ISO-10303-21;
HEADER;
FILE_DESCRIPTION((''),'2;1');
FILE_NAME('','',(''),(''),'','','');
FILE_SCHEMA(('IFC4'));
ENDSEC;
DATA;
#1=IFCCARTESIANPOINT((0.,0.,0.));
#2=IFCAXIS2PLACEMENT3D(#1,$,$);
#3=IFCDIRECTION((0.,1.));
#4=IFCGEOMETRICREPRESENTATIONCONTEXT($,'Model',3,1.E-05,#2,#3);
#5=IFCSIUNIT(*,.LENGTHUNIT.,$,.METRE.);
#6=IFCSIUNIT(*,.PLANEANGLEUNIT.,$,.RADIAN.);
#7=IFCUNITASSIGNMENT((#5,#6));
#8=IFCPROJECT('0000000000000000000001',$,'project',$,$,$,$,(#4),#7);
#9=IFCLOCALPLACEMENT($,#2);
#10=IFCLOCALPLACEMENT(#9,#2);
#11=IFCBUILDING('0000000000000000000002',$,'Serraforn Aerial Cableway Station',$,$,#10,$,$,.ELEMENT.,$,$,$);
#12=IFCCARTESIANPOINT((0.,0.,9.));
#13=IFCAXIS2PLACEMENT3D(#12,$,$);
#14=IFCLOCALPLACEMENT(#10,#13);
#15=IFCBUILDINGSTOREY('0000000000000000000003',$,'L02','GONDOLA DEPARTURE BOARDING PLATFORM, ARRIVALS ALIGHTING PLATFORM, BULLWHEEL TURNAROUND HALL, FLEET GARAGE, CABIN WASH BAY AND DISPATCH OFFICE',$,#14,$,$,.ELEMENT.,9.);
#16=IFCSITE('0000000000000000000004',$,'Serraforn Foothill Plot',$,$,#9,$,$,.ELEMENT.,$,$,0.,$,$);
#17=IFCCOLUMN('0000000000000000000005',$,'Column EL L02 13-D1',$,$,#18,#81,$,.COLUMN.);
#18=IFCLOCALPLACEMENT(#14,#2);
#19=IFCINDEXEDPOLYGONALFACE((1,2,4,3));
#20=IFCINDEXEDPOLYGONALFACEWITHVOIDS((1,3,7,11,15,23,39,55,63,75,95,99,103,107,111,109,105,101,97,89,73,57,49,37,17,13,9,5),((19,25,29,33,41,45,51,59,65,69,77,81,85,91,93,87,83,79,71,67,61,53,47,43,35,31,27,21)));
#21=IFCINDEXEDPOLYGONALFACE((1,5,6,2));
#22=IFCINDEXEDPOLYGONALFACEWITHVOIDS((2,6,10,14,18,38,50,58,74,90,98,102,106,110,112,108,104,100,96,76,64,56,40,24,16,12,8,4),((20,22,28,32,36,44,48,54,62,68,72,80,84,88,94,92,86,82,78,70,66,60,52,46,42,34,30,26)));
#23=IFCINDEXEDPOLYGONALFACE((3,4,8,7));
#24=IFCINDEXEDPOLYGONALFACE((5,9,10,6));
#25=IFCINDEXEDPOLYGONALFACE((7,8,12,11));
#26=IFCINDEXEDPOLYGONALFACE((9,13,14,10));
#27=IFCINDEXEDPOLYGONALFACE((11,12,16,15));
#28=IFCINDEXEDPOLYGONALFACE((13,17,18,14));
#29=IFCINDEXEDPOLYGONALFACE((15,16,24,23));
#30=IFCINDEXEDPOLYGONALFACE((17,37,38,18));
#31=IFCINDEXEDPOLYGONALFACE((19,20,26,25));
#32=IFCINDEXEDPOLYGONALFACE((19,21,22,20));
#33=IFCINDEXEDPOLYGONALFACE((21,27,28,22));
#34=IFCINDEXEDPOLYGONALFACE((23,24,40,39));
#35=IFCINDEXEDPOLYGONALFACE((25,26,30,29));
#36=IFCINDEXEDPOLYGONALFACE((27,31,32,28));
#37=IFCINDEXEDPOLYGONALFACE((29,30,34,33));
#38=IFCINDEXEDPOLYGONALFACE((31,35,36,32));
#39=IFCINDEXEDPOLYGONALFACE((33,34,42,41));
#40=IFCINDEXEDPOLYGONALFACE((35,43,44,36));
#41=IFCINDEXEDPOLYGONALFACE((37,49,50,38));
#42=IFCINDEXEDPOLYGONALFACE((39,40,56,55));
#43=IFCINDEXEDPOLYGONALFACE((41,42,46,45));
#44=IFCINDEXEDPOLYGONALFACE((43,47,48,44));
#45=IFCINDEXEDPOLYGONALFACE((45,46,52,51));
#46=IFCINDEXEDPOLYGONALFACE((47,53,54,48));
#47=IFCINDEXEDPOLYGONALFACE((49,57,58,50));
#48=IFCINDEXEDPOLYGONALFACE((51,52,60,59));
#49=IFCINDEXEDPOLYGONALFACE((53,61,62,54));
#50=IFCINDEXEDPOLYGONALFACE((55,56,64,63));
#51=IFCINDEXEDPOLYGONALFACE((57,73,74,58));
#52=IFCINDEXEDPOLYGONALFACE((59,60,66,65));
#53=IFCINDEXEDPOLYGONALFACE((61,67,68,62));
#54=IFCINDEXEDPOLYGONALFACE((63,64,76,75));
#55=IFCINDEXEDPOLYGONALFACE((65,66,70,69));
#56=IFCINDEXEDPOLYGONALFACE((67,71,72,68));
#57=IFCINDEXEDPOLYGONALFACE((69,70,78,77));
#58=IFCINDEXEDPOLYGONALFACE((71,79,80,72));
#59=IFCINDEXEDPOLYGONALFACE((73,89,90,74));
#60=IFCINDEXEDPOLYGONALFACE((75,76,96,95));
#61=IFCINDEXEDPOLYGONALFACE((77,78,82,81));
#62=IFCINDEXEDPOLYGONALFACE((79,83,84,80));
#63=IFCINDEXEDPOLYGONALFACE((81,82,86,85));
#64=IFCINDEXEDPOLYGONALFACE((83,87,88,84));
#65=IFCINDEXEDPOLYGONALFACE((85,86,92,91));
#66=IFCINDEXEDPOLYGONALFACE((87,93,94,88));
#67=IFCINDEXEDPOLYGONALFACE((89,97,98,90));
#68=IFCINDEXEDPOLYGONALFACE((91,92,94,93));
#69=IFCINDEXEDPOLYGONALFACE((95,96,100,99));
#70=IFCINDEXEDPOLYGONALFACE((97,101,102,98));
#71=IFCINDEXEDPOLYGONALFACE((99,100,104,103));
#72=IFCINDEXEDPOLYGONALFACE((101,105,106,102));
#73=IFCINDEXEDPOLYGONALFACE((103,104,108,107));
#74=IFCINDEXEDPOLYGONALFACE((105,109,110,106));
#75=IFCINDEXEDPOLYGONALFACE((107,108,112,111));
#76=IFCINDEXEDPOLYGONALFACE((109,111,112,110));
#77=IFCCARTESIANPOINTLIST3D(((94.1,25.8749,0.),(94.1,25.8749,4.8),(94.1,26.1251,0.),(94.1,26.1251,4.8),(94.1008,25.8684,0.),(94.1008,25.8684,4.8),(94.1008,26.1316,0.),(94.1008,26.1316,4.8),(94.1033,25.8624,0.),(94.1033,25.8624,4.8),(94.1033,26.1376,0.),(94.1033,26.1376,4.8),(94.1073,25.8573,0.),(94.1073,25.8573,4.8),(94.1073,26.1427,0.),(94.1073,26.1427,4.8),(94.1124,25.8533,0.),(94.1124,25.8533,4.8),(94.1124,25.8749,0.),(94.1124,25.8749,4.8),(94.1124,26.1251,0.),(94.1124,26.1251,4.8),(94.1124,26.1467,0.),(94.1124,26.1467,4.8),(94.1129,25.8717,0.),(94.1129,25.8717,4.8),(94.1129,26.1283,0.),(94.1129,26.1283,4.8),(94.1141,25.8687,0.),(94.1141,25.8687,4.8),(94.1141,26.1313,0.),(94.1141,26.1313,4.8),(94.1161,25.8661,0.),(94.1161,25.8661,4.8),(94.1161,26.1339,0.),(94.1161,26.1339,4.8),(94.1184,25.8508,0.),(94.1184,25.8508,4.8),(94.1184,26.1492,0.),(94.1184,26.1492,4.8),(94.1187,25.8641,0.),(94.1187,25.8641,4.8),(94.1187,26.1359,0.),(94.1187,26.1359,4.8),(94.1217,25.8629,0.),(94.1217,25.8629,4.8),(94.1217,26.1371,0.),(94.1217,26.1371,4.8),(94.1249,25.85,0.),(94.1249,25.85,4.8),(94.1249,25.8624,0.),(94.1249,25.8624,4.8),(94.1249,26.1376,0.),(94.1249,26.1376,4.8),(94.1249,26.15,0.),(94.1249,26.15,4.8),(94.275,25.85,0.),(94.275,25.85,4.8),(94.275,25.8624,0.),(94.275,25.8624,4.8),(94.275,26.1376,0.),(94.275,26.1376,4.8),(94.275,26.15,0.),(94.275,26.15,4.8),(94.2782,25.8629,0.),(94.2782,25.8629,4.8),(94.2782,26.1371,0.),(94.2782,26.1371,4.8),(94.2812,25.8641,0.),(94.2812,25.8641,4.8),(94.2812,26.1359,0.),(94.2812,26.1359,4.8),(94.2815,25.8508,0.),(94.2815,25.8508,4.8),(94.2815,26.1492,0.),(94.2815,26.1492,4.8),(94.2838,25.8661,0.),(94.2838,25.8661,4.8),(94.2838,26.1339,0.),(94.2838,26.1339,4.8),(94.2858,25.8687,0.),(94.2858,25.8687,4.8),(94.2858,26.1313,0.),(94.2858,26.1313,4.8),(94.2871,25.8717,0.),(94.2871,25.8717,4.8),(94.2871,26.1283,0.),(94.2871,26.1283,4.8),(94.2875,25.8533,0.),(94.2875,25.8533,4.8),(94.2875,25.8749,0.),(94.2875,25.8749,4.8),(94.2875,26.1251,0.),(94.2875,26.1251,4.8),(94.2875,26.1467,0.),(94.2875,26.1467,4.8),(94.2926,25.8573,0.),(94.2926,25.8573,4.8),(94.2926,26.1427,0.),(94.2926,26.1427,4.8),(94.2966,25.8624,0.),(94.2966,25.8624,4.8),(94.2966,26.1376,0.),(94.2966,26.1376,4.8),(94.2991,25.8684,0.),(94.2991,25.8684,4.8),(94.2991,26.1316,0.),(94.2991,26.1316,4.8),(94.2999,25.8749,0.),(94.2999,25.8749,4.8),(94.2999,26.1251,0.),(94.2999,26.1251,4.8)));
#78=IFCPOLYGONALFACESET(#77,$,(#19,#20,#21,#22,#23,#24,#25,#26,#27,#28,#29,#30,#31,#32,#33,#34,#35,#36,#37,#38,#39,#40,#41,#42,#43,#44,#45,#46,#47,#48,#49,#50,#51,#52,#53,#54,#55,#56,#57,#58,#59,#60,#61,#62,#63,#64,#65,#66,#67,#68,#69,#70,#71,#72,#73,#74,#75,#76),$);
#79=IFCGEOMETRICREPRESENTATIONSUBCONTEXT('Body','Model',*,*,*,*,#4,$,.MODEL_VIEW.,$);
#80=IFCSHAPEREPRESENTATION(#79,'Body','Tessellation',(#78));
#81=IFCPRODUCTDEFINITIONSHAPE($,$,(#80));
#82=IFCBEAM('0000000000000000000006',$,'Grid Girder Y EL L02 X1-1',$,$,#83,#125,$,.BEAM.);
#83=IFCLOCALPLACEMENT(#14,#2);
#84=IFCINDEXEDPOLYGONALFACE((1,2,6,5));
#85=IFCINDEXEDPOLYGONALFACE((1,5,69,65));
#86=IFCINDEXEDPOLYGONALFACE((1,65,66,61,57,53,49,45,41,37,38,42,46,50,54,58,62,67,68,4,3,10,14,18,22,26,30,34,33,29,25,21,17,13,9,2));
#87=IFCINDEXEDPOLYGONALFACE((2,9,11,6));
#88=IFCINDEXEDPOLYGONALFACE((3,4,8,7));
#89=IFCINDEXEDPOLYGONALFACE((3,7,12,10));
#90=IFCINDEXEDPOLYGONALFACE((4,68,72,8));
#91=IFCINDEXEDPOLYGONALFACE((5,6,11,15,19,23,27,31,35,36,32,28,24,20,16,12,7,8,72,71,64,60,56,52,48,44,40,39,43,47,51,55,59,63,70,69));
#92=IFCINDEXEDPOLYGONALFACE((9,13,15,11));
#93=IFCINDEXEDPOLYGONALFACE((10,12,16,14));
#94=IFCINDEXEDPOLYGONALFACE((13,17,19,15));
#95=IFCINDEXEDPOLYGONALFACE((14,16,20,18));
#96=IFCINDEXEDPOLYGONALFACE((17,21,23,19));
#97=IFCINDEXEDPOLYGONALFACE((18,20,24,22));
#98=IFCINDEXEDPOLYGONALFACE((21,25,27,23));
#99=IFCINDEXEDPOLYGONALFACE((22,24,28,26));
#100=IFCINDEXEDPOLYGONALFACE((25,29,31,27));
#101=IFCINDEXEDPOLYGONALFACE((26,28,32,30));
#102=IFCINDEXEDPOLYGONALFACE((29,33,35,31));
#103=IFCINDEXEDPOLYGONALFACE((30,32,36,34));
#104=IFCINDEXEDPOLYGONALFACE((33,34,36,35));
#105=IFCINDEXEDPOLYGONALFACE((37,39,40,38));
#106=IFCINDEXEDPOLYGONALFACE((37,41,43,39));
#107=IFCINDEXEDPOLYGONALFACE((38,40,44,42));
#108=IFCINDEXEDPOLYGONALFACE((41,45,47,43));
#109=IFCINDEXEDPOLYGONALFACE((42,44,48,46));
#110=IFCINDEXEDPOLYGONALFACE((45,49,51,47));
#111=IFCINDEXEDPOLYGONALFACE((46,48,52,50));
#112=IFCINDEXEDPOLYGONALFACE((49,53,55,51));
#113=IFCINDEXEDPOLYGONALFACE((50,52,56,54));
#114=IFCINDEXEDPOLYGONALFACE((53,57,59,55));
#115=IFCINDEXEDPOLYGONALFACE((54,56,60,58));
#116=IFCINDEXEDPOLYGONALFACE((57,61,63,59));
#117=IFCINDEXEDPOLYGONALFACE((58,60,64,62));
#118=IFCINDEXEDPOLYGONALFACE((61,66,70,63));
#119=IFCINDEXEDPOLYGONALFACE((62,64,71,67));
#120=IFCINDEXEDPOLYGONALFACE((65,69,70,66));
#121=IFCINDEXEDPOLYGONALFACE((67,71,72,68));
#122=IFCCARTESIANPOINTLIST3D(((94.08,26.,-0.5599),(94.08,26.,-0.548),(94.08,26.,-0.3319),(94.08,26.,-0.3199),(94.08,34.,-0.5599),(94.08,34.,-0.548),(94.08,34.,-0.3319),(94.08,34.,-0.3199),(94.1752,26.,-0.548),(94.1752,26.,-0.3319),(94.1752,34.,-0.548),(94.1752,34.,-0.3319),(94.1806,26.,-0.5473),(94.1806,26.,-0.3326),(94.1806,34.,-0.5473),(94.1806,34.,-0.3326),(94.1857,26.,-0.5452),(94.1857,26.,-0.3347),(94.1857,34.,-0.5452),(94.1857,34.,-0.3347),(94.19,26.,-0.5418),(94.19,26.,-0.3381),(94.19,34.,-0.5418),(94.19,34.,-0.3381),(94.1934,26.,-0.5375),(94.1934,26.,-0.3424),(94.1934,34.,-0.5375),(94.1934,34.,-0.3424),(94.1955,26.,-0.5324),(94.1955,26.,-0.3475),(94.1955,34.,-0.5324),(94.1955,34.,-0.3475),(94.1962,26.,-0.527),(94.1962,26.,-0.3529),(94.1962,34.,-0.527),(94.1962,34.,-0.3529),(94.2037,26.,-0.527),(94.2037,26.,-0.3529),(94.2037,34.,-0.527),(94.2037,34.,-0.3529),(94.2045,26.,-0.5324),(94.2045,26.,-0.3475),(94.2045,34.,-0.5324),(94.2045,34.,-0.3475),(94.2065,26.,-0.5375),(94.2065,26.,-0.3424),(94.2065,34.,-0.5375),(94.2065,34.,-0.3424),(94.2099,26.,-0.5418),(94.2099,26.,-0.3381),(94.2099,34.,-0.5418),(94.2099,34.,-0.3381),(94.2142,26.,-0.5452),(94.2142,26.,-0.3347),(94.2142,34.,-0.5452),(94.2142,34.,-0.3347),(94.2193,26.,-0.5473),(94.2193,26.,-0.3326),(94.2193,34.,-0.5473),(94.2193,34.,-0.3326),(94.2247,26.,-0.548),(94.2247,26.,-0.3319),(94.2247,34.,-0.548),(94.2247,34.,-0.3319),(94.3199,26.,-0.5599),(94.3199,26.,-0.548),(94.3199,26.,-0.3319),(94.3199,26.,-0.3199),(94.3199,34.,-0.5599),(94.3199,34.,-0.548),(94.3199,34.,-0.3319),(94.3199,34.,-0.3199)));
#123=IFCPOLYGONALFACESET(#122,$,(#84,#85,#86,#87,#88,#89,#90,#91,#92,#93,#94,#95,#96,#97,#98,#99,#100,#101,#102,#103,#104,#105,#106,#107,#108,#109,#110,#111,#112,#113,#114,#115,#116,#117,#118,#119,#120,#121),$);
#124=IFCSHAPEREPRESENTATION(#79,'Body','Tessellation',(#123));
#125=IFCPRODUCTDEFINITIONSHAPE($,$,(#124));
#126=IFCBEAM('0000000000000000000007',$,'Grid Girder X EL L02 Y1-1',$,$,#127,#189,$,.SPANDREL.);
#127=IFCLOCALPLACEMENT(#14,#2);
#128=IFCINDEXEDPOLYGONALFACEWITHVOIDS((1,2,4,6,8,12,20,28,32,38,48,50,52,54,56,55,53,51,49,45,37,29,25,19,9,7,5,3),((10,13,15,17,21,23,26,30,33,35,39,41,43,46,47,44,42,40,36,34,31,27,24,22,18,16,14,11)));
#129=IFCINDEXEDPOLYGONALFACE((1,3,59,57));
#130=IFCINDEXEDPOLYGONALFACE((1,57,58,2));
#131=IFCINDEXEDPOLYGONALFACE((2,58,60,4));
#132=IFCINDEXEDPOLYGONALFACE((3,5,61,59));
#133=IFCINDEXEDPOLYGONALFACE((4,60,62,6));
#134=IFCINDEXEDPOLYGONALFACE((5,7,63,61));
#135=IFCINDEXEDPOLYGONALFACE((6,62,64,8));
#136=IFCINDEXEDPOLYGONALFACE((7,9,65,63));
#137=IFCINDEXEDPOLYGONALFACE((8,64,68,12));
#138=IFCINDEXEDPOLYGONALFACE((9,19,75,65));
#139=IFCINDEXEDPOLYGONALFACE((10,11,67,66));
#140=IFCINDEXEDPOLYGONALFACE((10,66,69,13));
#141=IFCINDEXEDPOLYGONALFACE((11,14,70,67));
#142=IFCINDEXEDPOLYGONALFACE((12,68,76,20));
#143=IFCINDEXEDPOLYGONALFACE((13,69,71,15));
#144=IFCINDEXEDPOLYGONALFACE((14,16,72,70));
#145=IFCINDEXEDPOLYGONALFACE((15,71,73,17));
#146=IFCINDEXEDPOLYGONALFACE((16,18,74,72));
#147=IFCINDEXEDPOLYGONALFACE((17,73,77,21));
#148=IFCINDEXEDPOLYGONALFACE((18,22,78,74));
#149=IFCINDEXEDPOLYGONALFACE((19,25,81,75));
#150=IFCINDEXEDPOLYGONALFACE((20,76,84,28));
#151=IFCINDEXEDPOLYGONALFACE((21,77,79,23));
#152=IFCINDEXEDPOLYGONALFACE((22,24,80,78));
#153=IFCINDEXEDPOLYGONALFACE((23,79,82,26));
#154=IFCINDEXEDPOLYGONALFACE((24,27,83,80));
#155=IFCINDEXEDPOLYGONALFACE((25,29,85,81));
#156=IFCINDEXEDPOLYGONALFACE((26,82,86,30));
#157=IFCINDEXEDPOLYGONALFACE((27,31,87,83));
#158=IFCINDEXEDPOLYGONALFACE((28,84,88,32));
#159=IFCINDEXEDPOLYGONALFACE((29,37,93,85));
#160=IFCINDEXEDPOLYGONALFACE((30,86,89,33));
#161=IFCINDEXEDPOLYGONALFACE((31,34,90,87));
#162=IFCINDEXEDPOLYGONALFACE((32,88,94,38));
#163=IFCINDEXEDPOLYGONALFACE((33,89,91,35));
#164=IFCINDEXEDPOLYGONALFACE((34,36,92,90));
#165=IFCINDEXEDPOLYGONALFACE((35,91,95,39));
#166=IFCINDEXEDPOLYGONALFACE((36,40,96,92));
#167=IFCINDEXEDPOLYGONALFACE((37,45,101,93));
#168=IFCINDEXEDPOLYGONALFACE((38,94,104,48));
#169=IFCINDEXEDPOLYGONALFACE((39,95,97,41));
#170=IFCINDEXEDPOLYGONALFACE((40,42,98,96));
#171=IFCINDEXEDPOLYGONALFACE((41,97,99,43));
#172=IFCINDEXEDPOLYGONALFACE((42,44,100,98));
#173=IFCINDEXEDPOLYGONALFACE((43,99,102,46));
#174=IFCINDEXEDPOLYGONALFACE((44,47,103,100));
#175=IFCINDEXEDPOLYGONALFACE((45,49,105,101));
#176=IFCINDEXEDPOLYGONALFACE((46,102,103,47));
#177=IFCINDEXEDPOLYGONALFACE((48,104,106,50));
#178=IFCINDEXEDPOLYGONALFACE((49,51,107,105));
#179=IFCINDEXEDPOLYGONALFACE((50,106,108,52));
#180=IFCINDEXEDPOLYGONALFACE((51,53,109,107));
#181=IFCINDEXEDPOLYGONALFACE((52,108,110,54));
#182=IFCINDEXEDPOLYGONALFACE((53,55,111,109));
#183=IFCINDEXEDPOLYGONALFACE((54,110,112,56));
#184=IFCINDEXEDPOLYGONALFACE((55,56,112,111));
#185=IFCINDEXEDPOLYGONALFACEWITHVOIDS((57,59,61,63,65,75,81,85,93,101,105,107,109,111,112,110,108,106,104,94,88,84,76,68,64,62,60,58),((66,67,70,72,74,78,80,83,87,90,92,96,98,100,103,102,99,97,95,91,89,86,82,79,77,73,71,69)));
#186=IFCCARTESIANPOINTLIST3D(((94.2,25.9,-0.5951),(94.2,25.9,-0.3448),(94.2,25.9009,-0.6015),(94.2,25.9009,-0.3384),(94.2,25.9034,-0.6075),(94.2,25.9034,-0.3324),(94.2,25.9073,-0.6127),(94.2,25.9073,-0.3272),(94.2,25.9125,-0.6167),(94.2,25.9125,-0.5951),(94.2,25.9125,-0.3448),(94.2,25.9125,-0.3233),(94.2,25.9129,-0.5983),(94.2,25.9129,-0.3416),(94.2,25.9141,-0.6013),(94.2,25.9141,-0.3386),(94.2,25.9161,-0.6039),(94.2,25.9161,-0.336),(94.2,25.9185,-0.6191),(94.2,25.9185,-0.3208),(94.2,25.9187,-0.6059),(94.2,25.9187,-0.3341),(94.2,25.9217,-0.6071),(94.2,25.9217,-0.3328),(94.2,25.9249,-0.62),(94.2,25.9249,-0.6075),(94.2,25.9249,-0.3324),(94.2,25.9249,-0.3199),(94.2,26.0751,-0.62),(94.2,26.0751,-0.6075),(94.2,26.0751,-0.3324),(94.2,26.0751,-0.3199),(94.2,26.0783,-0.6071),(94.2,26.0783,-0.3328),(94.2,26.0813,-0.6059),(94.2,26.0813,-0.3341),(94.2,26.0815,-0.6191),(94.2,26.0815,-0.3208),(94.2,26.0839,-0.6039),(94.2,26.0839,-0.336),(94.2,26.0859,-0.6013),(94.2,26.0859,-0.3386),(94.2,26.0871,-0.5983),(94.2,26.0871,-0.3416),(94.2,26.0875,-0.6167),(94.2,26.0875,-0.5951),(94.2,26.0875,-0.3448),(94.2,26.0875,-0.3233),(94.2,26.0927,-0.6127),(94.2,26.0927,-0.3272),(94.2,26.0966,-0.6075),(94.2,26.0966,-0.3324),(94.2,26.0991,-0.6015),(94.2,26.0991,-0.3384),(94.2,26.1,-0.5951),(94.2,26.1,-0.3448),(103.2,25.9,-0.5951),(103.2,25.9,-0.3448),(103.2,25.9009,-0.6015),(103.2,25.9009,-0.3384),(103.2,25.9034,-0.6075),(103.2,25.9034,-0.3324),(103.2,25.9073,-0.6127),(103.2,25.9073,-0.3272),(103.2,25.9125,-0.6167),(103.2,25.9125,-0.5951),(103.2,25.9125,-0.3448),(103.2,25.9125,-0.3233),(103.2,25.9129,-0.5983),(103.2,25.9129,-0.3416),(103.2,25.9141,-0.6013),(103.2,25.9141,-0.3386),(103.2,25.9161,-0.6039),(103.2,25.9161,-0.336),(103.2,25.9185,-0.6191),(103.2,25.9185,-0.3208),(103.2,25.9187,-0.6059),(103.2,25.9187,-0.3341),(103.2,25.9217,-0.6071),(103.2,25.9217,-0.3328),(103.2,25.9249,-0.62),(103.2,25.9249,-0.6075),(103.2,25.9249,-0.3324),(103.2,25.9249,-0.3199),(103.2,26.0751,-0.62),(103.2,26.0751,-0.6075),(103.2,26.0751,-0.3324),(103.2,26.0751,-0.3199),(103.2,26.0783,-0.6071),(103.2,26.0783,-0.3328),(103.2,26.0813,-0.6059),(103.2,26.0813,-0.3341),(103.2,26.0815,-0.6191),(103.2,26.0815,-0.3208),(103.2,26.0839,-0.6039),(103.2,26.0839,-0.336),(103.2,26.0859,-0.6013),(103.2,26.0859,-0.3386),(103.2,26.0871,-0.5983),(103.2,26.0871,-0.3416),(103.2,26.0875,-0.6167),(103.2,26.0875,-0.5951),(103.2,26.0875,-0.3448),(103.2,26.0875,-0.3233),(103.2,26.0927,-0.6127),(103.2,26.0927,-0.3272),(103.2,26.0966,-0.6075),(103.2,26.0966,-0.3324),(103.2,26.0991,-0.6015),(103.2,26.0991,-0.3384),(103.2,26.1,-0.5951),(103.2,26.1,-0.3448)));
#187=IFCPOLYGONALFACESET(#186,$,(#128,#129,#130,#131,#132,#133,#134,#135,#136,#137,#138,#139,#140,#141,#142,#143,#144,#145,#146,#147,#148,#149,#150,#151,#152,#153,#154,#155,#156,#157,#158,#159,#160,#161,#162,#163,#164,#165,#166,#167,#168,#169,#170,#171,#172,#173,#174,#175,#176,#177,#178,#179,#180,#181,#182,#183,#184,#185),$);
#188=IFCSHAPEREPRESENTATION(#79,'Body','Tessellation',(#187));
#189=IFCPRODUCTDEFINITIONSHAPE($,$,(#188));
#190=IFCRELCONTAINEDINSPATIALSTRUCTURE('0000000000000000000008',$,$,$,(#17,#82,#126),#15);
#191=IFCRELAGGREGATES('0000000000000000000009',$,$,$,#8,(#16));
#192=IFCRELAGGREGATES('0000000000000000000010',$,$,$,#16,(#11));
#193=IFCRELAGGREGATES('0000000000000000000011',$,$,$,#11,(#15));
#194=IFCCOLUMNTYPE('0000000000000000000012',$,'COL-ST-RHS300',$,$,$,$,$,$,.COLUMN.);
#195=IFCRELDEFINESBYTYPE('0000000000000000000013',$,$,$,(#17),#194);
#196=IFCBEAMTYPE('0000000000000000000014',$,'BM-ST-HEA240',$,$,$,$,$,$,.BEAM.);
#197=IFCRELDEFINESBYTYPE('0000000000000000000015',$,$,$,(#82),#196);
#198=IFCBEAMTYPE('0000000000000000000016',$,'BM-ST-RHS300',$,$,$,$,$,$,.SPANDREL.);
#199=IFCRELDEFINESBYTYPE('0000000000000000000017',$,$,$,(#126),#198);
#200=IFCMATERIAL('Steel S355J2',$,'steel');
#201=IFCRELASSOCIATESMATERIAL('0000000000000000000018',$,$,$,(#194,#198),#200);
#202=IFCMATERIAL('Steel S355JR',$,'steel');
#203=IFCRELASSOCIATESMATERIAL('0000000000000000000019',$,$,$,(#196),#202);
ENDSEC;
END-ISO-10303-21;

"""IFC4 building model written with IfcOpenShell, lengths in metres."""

from ifc_helpers import new_model, si_unit, direction, frame, origin, origin_2d, place, context, subcontext, project, spatial, hollow_rectangle, i_section, extrude, material, material_profile, profile_set, type_object, element, save


model = new_model("IFC4")

# Units and contexts
model_context = context("Model", 3, precision=1e-05, world=origin(), true_north=direction((0.0, 1.0)))
body_context = subcontext(model_context, "Body", "Model", "MODEL_VIEW")
ifc_project = project(units=[si_unit("LENGTHUNIT", "METRE"), si_unit("PLANEANGLEUNIT", "RADIAN")], contexts=[model_context])

# Site, building, storey
site_placement = place(None, origin())
site = spatial("IfcSite", under=ifc_project, at=site_placement, Name="Serraforn Foothill Plot", CompositionType="ELEMENT", RefElevation=0.0)
building_placement = place(site_placement, origin())
building = spatial("IfcBuilding", under=site, at=building_placement, Name="Serraforn Aerial Cableway Station", CompositionType="ELEMENT")
storey_placement = place(building_placement, frame((0.0, 0.0, 9.0)))
storey = spatial("IfcBuildingStorey", under=building, at=storey_placement, Name="L02", Description="GONDOLA DEPARTURE BOARDING PLATFORM, ARRIVALS ALIGHTING PLATFORM, BULLWHEEL TURNAROUND HALL, FLEET GARAGE, CABIN WASH BAY AND DISPATCH OFFICE", CompositionType="ELEMENT", Elevation=9.0)

# Column
ifc_material_1 = material(Name="Steel S355J2", Category="steel")
ifc_material_profile_1 = material_profile(ifc_material_1, hollow_rectangle(XDim=0.2, YDim=0.3, WallThickness=0.0125, InnerFilletRadius=0.0125, OuterFilletRadius=0.0249, at=origin_2d()), Name="RHS 300x200x12.5")
ifc_profile_set_1 = profile_set([ifc_material_profile_1], Name="Steel S355J2")
column_type = type_object("IfcColumnType", Name="COL-ST-RHS300", PredefinedType="COLUMN", material=ifc_profile_set_1)
column_placement = place(storey_placement, frame((94.2, 26.0, 0.0), z_axis=(0.0, 0.0, 1.0), x_axis=(1.0, 0.0, 0.0)))
element("IfcColumn", 1, at=column_placement, inside=storey, type_object=column_type, Name="Column EL L02 13-D1", PredefinedType="COLUMN", context=body_context, shape_type="SweptSolid", body=[
    extrude(hollow_rectangle(XDim=0.2, YDim=0.3, WallThickness=0.0125, InnerFilletRadius=0.0125, OuterFilletRadius=0.0249, at=origin_2d()), origin(), (0.0, 0.0, 1.0), 4.8),
])

# Beams
ifc_material_2 = material(Name="Steel S355JR", Category="steel")
ifc_material_profile_2 = material_profile(ifc_material_2, i_section(OverallWidth=0.24, OverallDepth=0.24, WebThickness=0.0076, FlangeThickness=0.012, FilletRadius=0.021, at=origin_2d()), Name="HEA 240")
ifc_profile_set_2 = profile_set([ifc_material_profile_2], Name="Steel S355JR")
beam_type_1 = type_object("IfcBeamType", Name="BM-ST-HEA240", PredefinedType="BEAM", material=ifc_profile_set_2)
beam_1_placement = place(storey_placement, frame((94.2, 26.0, -0.4399), z_axis=(0.0, 1.0, 0.0), x_axis=(-1.0, 0.0, 0.0)))
element("IfcBeam", 2, at=beam_1_placement, inside=storey, type_object=beam_type_1, Name="Grid Girder Y EL L02 X1-1", PredefinedType="BEAM", context=body_context, shape_type="SweptSolid", body=[
    extrude(i_section(OverallWidth=0.24, OverallDepth=0.24, WebThickness=0.0076, FlangeThickness=0.012, FilletRadius=0.021, at=origin_2d()), origin(), (0.0, 0.0, 1.0), 8.0),
])
ifc_material_profile_3 = material_profile(ifc_material_1, hollow_rectangle(XDim=0.2, YDim=0.3, WallThickness=0.0125, InnerFilletRadius=0.0125, OuterFilletRadius=0.0249, at=origin_2d()), Name="RHS 300x200x12.5")
ifc_profile_set_3 = profile_set([ifc_material_profile_3], Name="Steel S355J2")
beam_type_2 = type_object("IfcBeamType", Name="BM-ST-RHS300", PredefinedType="SPANDREL", material=ifc_profile_set_3)
beam_2_placement = place(storey_placement, frame((94.2, 26.0, -0.47), z_axis=(1.0, 0.0, 0.0), x_axis=(0.0, 1.0, 0.0)))
element("IfcBeam", 3, at=beam_2_placement, inside=storey, type_object=beam_type_2, Name="Grid Girder X EL L02 Y1-1", PredefinedType="SPANDREL", context=body_context, shape_type="SweptSolid", body=[
    extrude(hollow_rectangle(XDim=0.2, YDim=0.3, WallThickness=0.0125, InnerFilletRadius=0.0125, OuterFilletRadius=0.0249, at=origin_2d()), origin(), (0.0, 0.0, 1.0), 9.0),
])

save(model, "model.ifc")
